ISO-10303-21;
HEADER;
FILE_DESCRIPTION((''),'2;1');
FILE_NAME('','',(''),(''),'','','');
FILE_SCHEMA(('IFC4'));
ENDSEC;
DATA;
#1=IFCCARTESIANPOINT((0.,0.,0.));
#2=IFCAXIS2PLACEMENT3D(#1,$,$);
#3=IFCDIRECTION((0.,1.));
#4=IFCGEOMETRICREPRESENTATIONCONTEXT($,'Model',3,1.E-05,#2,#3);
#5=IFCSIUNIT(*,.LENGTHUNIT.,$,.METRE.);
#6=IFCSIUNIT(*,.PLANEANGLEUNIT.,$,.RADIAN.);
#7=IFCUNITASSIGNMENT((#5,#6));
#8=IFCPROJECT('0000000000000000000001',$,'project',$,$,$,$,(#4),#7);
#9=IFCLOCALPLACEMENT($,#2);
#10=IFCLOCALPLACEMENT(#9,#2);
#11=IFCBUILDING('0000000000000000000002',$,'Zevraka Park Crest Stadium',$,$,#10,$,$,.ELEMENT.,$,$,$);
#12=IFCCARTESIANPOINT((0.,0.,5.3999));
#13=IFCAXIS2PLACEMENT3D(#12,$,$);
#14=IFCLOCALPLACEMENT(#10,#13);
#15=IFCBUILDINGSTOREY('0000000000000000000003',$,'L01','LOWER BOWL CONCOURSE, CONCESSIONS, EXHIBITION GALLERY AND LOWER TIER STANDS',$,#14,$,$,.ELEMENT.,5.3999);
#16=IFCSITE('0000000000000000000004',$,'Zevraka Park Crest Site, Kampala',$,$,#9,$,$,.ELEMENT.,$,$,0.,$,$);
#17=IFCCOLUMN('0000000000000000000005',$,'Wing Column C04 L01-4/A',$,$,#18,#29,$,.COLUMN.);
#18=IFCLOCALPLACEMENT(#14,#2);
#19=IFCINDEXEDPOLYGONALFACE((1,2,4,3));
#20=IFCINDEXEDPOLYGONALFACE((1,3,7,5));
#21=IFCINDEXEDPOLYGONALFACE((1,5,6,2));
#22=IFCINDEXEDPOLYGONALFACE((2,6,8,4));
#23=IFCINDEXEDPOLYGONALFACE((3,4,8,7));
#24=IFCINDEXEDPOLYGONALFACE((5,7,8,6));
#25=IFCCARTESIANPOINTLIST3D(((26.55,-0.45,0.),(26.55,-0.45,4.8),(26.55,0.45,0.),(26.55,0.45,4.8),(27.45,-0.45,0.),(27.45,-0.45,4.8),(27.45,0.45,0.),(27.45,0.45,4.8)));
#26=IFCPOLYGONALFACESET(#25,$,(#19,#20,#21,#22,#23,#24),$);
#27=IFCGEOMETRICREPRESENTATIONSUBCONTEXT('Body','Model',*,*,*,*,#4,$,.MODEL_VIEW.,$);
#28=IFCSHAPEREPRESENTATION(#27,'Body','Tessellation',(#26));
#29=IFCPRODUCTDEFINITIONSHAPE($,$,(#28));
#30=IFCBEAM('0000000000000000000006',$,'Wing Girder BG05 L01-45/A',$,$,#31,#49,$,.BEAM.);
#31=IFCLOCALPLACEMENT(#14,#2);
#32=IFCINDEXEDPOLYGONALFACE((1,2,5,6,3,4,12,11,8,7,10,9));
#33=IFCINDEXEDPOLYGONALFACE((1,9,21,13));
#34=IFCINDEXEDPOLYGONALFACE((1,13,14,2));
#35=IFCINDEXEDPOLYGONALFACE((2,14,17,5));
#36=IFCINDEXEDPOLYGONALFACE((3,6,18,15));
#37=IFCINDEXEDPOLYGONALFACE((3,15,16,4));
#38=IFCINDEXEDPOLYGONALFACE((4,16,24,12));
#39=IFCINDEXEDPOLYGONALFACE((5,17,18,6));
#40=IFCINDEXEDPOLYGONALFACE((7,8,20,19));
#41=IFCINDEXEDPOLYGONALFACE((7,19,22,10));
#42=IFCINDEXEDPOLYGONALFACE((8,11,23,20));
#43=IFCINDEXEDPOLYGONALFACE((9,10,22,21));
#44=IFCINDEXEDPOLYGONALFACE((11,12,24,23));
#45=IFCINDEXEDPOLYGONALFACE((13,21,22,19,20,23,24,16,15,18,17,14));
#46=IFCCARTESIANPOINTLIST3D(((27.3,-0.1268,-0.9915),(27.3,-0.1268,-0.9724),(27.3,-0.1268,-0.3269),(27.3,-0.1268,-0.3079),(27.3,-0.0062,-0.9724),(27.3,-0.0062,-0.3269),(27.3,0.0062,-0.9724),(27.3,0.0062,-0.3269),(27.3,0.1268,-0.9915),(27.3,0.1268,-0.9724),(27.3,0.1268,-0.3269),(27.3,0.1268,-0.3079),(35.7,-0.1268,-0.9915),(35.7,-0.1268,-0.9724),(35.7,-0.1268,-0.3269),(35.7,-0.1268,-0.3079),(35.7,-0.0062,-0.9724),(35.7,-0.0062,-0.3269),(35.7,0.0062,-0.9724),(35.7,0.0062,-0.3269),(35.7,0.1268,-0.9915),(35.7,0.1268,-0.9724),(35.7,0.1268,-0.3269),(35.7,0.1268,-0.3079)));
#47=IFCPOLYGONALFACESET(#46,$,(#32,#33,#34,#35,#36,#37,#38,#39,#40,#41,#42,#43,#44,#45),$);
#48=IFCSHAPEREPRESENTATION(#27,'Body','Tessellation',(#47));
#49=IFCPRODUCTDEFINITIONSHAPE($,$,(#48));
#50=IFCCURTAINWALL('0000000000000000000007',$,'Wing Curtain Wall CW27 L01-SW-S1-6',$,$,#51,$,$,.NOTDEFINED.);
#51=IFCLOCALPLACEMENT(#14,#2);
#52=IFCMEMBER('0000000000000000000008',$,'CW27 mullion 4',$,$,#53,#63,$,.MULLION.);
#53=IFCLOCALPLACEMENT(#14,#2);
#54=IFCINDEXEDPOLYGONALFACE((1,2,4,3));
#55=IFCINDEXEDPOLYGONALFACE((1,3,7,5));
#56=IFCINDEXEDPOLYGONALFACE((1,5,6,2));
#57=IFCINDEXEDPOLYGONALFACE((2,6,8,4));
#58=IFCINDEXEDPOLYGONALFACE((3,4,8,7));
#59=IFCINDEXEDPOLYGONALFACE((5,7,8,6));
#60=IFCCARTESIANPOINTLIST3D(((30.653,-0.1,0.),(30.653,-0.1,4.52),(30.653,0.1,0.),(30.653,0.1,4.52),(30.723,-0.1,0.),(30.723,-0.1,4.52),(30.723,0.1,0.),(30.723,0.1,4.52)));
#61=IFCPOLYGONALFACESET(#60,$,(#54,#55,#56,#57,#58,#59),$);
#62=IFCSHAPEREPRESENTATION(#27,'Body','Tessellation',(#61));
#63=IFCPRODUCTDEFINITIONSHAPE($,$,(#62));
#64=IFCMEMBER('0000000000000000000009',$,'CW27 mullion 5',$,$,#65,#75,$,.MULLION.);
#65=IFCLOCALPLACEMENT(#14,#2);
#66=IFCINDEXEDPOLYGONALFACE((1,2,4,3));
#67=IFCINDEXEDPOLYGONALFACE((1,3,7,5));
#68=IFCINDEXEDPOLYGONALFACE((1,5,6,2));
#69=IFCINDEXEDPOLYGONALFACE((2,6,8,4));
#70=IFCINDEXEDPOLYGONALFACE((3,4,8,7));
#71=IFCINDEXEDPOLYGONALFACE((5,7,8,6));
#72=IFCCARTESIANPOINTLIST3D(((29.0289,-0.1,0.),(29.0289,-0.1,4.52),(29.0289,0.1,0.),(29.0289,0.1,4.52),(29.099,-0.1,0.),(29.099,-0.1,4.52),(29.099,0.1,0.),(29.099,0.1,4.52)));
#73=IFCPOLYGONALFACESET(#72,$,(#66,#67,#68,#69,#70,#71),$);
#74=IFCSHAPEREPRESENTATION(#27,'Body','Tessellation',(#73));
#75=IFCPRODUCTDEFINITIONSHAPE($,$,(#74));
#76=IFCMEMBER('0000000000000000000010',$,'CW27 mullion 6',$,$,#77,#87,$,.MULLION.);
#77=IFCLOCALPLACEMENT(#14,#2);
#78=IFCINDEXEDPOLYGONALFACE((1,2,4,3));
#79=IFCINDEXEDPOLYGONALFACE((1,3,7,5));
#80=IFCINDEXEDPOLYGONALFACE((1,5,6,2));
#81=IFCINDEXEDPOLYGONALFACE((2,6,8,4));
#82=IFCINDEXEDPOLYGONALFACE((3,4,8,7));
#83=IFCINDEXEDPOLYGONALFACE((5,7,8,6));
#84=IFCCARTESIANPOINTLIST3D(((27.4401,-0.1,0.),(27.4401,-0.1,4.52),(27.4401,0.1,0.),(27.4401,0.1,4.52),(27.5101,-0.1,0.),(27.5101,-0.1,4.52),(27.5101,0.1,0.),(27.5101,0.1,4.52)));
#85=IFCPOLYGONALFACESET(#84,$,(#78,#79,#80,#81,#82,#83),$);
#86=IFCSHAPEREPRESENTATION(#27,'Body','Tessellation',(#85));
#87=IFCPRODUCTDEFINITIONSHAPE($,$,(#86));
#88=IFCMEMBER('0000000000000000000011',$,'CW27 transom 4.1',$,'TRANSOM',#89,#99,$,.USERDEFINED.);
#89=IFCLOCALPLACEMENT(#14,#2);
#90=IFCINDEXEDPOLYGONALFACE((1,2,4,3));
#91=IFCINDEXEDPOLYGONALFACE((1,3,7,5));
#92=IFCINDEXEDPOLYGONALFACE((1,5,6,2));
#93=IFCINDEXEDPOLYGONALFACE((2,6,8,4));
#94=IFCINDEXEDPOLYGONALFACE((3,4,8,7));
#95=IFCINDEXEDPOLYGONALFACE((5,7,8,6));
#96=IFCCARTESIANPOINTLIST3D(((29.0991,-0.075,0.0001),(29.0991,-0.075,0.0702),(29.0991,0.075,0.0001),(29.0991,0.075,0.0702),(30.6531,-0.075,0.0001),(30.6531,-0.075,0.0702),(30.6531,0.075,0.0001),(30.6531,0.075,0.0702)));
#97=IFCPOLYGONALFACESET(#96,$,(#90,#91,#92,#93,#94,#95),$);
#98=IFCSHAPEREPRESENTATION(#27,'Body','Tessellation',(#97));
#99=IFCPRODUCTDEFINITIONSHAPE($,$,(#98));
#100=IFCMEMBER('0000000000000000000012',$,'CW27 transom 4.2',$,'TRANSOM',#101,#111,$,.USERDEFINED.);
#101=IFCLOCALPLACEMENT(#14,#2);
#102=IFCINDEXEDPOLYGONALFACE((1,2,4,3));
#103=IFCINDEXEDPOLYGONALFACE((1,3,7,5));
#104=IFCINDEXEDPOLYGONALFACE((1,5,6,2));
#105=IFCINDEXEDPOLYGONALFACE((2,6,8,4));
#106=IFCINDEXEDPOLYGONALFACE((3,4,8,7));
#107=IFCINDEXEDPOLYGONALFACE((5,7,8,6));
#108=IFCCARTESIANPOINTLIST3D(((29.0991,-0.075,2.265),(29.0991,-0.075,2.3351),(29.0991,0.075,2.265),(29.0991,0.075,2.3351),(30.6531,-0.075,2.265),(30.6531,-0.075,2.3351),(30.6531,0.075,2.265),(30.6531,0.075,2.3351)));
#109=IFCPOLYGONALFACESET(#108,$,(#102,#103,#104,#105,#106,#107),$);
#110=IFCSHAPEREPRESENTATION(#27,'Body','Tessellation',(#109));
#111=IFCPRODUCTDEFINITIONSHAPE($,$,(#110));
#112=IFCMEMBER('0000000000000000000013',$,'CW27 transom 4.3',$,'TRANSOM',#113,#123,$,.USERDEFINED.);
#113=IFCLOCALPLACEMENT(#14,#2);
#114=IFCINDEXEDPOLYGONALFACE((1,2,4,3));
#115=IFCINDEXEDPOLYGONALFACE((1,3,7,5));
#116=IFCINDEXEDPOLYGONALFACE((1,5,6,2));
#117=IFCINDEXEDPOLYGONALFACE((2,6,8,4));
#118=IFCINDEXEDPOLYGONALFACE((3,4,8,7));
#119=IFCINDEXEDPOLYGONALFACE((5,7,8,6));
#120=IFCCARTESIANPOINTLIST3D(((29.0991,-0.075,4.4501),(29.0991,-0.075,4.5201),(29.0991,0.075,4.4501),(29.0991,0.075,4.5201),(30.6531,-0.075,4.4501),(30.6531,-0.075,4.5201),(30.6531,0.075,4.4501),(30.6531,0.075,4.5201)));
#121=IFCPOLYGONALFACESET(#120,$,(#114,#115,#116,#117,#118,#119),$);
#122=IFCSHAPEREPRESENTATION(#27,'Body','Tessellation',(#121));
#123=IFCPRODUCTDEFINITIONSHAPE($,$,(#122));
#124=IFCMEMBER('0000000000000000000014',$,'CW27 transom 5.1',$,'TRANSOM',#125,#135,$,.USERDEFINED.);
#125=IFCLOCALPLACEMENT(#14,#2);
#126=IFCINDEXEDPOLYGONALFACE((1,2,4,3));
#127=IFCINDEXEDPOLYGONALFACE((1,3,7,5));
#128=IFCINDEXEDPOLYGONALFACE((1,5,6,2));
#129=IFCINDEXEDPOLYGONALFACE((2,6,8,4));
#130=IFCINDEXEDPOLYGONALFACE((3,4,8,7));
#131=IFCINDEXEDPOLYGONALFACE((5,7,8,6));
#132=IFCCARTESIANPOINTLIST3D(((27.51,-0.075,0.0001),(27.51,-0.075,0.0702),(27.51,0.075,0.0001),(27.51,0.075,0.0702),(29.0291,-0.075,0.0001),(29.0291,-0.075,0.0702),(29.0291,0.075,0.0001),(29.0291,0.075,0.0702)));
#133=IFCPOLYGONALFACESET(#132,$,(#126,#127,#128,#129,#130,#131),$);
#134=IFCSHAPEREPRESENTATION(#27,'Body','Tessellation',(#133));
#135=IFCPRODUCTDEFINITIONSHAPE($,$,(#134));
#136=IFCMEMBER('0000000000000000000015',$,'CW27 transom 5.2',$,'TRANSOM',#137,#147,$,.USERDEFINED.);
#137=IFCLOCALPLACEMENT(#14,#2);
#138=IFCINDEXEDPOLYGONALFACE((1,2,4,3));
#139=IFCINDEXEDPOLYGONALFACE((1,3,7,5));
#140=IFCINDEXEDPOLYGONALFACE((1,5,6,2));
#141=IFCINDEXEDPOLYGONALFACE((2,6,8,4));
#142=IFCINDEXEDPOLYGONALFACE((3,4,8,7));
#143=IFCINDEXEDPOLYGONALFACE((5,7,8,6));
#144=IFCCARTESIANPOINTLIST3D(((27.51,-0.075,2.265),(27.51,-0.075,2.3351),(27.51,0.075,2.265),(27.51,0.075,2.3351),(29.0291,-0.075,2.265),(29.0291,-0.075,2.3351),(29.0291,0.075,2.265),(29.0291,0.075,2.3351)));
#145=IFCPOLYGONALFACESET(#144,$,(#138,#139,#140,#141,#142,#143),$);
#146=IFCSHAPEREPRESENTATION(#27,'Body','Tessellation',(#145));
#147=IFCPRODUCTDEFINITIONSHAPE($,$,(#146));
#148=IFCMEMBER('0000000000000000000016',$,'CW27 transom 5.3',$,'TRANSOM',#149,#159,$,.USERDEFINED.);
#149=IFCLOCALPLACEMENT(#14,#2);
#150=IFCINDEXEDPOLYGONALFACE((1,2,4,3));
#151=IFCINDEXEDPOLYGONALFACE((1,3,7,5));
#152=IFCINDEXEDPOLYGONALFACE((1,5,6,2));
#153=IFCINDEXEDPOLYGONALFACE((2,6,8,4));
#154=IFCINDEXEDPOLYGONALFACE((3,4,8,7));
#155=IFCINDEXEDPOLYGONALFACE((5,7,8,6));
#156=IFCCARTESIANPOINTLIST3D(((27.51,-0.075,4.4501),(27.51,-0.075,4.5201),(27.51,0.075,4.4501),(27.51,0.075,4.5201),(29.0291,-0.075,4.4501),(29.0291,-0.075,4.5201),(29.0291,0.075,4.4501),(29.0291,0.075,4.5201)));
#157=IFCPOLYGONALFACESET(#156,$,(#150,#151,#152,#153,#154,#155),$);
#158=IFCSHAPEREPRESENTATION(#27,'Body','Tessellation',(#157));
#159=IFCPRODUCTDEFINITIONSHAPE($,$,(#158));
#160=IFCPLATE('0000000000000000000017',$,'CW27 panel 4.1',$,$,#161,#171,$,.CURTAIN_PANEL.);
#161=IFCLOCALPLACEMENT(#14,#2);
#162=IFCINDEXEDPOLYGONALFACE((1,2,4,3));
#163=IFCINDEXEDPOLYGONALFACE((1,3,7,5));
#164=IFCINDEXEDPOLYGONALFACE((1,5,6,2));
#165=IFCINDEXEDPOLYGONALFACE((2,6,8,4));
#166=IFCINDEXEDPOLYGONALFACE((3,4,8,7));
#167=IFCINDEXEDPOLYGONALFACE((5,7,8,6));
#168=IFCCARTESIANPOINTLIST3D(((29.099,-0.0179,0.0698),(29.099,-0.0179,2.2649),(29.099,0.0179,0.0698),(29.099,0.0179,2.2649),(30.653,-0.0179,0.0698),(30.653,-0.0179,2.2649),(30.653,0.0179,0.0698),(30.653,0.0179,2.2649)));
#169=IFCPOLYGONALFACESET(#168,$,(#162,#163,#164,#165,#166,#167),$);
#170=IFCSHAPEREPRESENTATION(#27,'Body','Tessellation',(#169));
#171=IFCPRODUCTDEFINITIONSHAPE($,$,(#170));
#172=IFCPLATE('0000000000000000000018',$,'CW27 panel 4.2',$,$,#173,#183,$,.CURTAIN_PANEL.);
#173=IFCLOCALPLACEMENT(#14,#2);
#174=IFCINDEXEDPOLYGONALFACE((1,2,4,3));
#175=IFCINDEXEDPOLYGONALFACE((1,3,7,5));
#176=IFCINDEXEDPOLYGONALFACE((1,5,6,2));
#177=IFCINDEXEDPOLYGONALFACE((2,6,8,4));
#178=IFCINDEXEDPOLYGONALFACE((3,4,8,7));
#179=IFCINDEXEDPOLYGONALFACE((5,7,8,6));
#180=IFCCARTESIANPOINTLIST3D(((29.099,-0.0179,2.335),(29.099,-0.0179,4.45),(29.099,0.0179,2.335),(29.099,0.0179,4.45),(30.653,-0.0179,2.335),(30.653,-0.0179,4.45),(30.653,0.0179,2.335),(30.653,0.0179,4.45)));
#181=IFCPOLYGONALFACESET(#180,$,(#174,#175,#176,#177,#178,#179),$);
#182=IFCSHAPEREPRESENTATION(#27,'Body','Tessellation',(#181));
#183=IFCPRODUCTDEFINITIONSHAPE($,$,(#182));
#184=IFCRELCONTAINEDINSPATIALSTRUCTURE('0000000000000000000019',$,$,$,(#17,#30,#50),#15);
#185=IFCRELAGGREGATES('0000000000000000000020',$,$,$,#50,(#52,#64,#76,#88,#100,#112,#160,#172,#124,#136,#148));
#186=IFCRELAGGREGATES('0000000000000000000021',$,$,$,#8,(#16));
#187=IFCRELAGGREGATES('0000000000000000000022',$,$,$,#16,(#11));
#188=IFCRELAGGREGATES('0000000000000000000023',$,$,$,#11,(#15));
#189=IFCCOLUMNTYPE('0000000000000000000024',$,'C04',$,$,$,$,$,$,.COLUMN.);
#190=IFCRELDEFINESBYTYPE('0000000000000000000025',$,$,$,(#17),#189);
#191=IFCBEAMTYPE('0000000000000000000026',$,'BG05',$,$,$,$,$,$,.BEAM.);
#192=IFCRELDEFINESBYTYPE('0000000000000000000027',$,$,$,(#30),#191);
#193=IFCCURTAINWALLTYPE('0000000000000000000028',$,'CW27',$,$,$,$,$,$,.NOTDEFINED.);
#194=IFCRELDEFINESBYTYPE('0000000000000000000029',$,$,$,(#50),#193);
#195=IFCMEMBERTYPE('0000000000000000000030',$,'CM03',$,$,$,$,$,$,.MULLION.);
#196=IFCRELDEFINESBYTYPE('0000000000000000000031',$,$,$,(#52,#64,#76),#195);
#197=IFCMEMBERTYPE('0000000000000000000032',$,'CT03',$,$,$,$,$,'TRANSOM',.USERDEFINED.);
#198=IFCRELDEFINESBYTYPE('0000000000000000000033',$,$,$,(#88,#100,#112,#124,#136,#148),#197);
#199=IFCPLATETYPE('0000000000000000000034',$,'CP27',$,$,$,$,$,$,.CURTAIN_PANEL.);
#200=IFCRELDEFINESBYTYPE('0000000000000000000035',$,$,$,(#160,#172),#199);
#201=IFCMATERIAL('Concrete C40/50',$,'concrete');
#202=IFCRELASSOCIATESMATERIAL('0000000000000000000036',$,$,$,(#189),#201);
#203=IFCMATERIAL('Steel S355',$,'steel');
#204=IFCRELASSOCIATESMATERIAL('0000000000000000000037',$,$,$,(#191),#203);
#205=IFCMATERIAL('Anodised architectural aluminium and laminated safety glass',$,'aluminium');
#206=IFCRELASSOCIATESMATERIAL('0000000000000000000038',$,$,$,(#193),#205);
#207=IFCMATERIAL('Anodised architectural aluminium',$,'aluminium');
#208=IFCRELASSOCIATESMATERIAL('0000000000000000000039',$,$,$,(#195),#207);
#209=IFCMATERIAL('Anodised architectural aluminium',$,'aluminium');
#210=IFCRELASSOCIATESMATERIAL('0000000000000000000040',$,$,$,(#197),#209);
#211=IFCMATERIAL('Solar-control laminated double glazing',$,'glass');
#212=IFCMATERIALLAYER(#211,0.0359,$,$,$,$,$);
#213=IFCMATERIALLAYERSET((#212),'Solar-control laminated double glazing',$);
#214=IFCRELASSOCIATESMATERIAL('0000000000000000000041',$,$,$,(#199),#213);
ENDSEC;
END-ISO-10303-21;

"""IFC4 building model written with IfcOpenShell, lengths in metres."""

from ifc_helpers import new_model, si_unit, direction, frame, origin, origin_2d, place, context, subcontext, project, spatial, rectangle, i_section, extrude, material, layer, layer_set, material_profile, profile_set, type_object, element, aggregate, save


model = new_model("IFC4")

# Units and contexts
model_context = context("Model", 3, precision=1e-05, world=origin(), true_north=direction((0.0, 1.0)))
body_context = subcontext(model_context, "Body", "Model", "MODEL_VIEW")
ifc_project = project(units=[si_unit("LENGTHUNIT", "METRE"), si_unit("PLANEANGLEUNIT", "RADIAN")], contexts=[model_context])

# Site, building, storey
site_placement = place(None, origin())
site = spatial("IfcSite", under=ifc_project, at=site_placement, Name="Zevraka Park Crest Site, Kampala", CompositionType="ELEMENT", RefElevation=0.0)
building_placement = place(site_placement, origin())
building = spatial("IfcBuilding", under=site, at=building_placement, Name="Zevraka Park Crest Stadium", CompositionType="ELEMENT")
storey_placement = place(building_placement, frame((0.0, 0.0, 5.3999)))
storey = spatial("IfcBuildingStorey", under=building, at=storey_placement, Name="L01", Description="LOWER BOWL CONCOURSE, CONCESSIONS, EXHIBITION GALLERY AND LOWER TIER STANDS", CompositionType="ELEMENT", Elevation=5.3999)

# Column
ifc_material_1 = material(Name="Concrete C40/50", Category="concrete")
ifc_material_profile_1 = material_profile(ifc_material_1, rectangle(XDim=0.8999, YDim=0.8999, at=origin_2d()), Name="RC 900x900")
ifc_profile_set_1 = profile_set([ifc_material_profile_1], Name="Concrete C40/50")
column_type = type_object("IfcColumnType", Name="C04", PredefinedType="COLUMN", material=ifc_profile_set_1)
column_placement = place(storey_placement, frame((27.0, 0.0, 0.0), z_axis=(0.0, 0.0, 1.0), x_axis=(1.0, 0.0, 0.0)))
element("IfcColumn", 1, at=column_placement, inside=storey, type_object=column_type, Name="Wing Column C04 L01-4/A", PredefinedType="COLUMN", context=body_context, shape_type="SweptSolid", body=[
    extrude(rectangle(XDim=0.8999, YDim=0.8999, at=origin_2d()), origin(), (0.0, 0.0, 1.0), 4.8),
])

# Beam
ifc_material_2 = material(Name="Steel S355", Category="steel")
ifc_material_profile_2 = material_profile(ifc_material_2, i_section(OverallWidth=0.2537, OverallDepth=0.6836, WebThickness=0.0125, FlangeThickness=0.019, at=origin_2d()), Name="UKB 686x254x140")
ifc_profile_set_2 = profile_set([ifc_material_profile_2], Name="Steel S355")
beam_type = type_object("IfcBeamType", Name="BG05", PredefinedType="BEAM", material=ifc_profile_set_2)
beam_placement = place(storey_placement, frame((27.3, 0.0, -0.6497), z_axis=(1.0, 0.0, 0.0), x_axis=(0.0, 1.0, 0.0)))
element("IfcBeam", 2, at=beam_placement, inside=storey, type_object=beam_type, Name="Wing Girder BG05 L01-45/A", PredefinedType="BEAM", context=body_context, shape_type="SweptSolid", body=[
    extrude(i_section(OverallWidth=0.2537, OverallDepth=0.6836, WebThickness=0.0125, FlangeThickness=0.019, at=origin_2d()), origin(), (0.0, 0.0, 1.0), 8.3999),
])

# Curtain wall, members, plates
ifc_material_3 = material(Name="Anodised architectural aluminium and laminated safety glass", Category="aluminium")
curtain_wall_type = type_object("IfcCurtainWallType", Name="CW27", PredefinedType="NOTDEFINED", material=ifc_material_3)
curtain_wall_placement = place(storey_placement, origin())
curtain_wall = element("IfcCurtainWall", 3, at=curtain_wall_placement, inside=storey, type_object=curtain_wall_type, Name="Wing Curtain Wall CW27 L01-SW-S1-6", PredefinedType="NOTDEFINED")
ifc_material_4 = material(Name="Anodised architectural aluminium", Category="aluminium")
ifc_material_profile_3 = material_profile(ifc_material_4, rectangle(XDim=0.2, YDim=0.0701, at=origin_2d()), Name="ALU MULLION 200x70")
ifc_profile_set_3 = profile_set([ifc_material_profile_3], Name="Anodised architectural aluminium")
member_type_1 = type_object("IfcMemberType", Name="CM03", PredefinedType="MULLION", material=ifc_profile_set_3)
member_1_placement = place(storey_placement, frame((30.688, 0.0, 0.0), z_axis=(0.0, 0.0, 1.0), x_axis=(0.0, -1.0, 0.0)))
member_1 = element("IfcMember", 4, at=member_1_placement, type_object=member_type_1, Name="CW27 mullion 4", PredefinedType="MULLION", context=body_context, shape_type="SweptSolid", body=[
    extrude(rectangle(XDim=0.2, YDim=0.0701, at=origin_2d()), origin(), (0.0, 0.0, 1.0), 4.52),
])
member_2_placement = place(storey_placement, frame((29.064, 0.0, 0.0), z_axis=(0.0, 0.0, 1.0), x_axis=(0.0, -1.0, 0.0)))
member_2 = element("IfcMember", 5, at=member_2_placement, type_object=member_type_1, Name="CW27 mullion 5", PredefinedType="MULLION", context=body_context, shape_type="SweptSolid", body=[
    extrude(rectangle(XDim=0.2, YDim=0.0701, at=origin_2d()), origin(), (0.0, 0.0, 1.0), 4.52),
])
member_3_placement = place(storey_placement, frame((27.4751, 0.0, 0.0), z_axis=(0.0, 0.0, 1.0), x_axis=(0.0, -1.0, 0.0)))
member_3 = element("IfcMember", 6, at=member_3_placement, type_object=member_type_1, Name="CW27 mullion 6", PredefinedType="MULLION", context=body_context, shape_type="SweptSolid", body=[
    extrude(rectangle(XDim=0.2, YDim=0.0701, at=origin_2d()), origin(), (0.0, 0.0, 1.0), 4.52),
])
ifc_material_5 = material(Name="Anodised architectural aluminium", Category="aluminium")
ifc_material_profile_4 = material_profile(ifc_material_5, rectangle(XDim=0.1499, YDim=0.0701, at=origin_2d()), Name="ALU TRANSOM 150x70")
ifc_profile_set_4 = profile_set([ifc_material_profile_4], Name="Anodised architectural aluminium")
member_type_2 = type_object("IfcMemberType", Name="CT03", ElementType="TRANSOM", PredefinedType="USERDEFINED", material=ifc_profile_set_4)
member_4_placement = place(storey_placement, frame((30.6531, 0.0, 0.0352), z_axis=(-1.0, 0.0, 0.0), x_axis=(0.0, -1.0, 0.0)))
member_4 = element("IfcMember", 7, at=member_4_placement, type_object=member_type_2, Name="CW27 transom 4.1", ObjectType="TRANSOM", PredefinedType="USERDEFINED", context=body_context, shape_type="SweptSolid", body=[
    extrude(rectangle(XDim=0.1499, YDim=0.0701, at=origin_2d()), origin(), (0.0, 0.0, 1.0), 1.554),
])
member_5_placement = place(storey_placement, frame((30.6531, 0.0, 2.3), z_axis=(-1.0, 0.0, 0.0), x_axis=(0.0, -1.0, 0.0)))
member_5 = element("IfcMember", 8, at=member_5_placement, type_object=member_type_2, Name="CW27 transom 4.2", ObjectType="TRANSOM", PredefinedType="USERDEFINED", context=body_context, shape_type="SweptSolid", body=[
    extrude(rectangle(XDim=0.1499, YDim=0.0701, at=origin_2d()), origin(), (0.0, 0.0, 1.0), 1.554),
])
member_6_placement = place(storey_placement, frame((30.6531, 0.0, 4.4851), z_axis=(-1.0, 0.0, 0.0), x_axis=(0.0, -1.0, 0.0)))
member_6 = element("IfcMember", 9, at=member_6_placement, type_object=member_type_2, Name="CW27 transom 4.3", ObjectType="TRANSOM", PredefinedType="USERDEFINED", context=body_context, shape_type="SweptSolid", body=[
    extrude(rectangle(XDim=0.1499, YDim=0.0701, at=origin_2d()), origin(), (0.0, 0.0, 1.0), 1.554),
])
member_7_placement = place(storey_placement, frame((29.0291, 0.0, 0.0352), z_axis=(-1.0, 0.0, 0.0), x_axis=(0.0, -1.0, 0.0)))
member_7 = element("IfcMember", 10, at=member_7_placement, type_object=member_type_2, Name="CW27 transom 5.1", ObjectType="TRANSOM", PredefinedType="USERDEFINED", context=body_context, shape_type="SweptSolid", body=[
    extrude(rectangle(XDim=0.1499, YDim=0.0701, at=origin_2d()), origin(), (0.0, 0.0, 1.0), 1.519),
])
member_8_placement = place(storey_placement, frame((29.0291, 0.0, 2.3), z_axis=(-1.0, 0.0, 0.0), x_axis=(0.0, -1.0, 0.0)))
member_8 = element("IfcMember", 11, at=member_8_placement, type_object=member_type_2, Name="CW27 transom 5.2", ObjectType="TRANSOM", PredefinedType="USERDEFINED", context=body_context, shape_type="SweptSolid", body=[
    extrude(rectangle(XDim=0.1499, YDim=0.0701, at=origin_2d()), origin(), (0.0, 0.0, 1.0), 1.519),
])
member_9_placement = place(storey_placement, frame((29.0291, 0.0, 4.4851), z_axis=(-1.0, 0.0, 0.0), x_axis=(0.0, -1.0, 0.0)))
member_9 = element("IfcMember", 12, at=member_9_placement, type_object=member_type_2, Name="CW27 transom 5.3", ObjectType="TRANSOM", PredefinedType="USERDEFINED", context=body_context, shape_type="SweptSolid", body=[
    extrude(rectangle(XDim=0.1499, YDim=0.0701, at=origin_2d()), origin(), (0.0, 0.0, 1.0), 1.519),
])
ifc_material_6 = material(Name="Solar-control laminated double glazing", Category="glass")
ifc_layer_1 = layer(ifc_material_6, 0.0359)
ifc_layer_set_1 = layer_set([ifc_layer_1], Name="Solar-control laminated double glazing")
plate_type = type_object("IfcPlateType", Name="CP27", PredefinedType="CURTAIN_PANEL", material=ifc_layer_set_1)
plate_1_placement = place(storey_placement, frame((29.876, 0.0, 0.0698), z_axis=(0.0, 0.0, 1.0), x_axis=(-1.0, 0.0, 0.0)))
plate_1 = element("IfcPlate", 13, at=plate_1_placement, type_object=plate_type, Name="CW27 panel 4.1", PredefinedType="CURTAIN_PANEL", context=body_context, shape_type="SweptSolid", body=[
    extrude(rectangle(XDim=1.554, YDim=0.0359, at=origin_2d()), origin(), (0.0, 0.0, 1.0), 2.1951),
])
plate_2_placement = place(storey_placement, frame((29.876, 0.0, 2.335), z_axis=(0.0, 0.0, 1.0), x_axis=(-1.0, 0.0, 0.0)))
plate_2 = element("IfcPlate", 14, at=plate_2_placement, type_object=plate_type, Name="CW27 panel 4.2", PredefinedType="CURTAIN_PANEL", context=body_context, shape_type="SweptSolid", body=[
    extrude(rectangle(XDim=1.554, YDim=0.0359, at=origin_2d()), origin(), (0.0, 0.0, 1.0), 2.115),
])
aggregate(curtain_wall, [member_1, member_2, member_3, member_4, member_5, member_6, plate_1, plate_2, member_7, member_8, member_9])

save(model, "model.ifc")
